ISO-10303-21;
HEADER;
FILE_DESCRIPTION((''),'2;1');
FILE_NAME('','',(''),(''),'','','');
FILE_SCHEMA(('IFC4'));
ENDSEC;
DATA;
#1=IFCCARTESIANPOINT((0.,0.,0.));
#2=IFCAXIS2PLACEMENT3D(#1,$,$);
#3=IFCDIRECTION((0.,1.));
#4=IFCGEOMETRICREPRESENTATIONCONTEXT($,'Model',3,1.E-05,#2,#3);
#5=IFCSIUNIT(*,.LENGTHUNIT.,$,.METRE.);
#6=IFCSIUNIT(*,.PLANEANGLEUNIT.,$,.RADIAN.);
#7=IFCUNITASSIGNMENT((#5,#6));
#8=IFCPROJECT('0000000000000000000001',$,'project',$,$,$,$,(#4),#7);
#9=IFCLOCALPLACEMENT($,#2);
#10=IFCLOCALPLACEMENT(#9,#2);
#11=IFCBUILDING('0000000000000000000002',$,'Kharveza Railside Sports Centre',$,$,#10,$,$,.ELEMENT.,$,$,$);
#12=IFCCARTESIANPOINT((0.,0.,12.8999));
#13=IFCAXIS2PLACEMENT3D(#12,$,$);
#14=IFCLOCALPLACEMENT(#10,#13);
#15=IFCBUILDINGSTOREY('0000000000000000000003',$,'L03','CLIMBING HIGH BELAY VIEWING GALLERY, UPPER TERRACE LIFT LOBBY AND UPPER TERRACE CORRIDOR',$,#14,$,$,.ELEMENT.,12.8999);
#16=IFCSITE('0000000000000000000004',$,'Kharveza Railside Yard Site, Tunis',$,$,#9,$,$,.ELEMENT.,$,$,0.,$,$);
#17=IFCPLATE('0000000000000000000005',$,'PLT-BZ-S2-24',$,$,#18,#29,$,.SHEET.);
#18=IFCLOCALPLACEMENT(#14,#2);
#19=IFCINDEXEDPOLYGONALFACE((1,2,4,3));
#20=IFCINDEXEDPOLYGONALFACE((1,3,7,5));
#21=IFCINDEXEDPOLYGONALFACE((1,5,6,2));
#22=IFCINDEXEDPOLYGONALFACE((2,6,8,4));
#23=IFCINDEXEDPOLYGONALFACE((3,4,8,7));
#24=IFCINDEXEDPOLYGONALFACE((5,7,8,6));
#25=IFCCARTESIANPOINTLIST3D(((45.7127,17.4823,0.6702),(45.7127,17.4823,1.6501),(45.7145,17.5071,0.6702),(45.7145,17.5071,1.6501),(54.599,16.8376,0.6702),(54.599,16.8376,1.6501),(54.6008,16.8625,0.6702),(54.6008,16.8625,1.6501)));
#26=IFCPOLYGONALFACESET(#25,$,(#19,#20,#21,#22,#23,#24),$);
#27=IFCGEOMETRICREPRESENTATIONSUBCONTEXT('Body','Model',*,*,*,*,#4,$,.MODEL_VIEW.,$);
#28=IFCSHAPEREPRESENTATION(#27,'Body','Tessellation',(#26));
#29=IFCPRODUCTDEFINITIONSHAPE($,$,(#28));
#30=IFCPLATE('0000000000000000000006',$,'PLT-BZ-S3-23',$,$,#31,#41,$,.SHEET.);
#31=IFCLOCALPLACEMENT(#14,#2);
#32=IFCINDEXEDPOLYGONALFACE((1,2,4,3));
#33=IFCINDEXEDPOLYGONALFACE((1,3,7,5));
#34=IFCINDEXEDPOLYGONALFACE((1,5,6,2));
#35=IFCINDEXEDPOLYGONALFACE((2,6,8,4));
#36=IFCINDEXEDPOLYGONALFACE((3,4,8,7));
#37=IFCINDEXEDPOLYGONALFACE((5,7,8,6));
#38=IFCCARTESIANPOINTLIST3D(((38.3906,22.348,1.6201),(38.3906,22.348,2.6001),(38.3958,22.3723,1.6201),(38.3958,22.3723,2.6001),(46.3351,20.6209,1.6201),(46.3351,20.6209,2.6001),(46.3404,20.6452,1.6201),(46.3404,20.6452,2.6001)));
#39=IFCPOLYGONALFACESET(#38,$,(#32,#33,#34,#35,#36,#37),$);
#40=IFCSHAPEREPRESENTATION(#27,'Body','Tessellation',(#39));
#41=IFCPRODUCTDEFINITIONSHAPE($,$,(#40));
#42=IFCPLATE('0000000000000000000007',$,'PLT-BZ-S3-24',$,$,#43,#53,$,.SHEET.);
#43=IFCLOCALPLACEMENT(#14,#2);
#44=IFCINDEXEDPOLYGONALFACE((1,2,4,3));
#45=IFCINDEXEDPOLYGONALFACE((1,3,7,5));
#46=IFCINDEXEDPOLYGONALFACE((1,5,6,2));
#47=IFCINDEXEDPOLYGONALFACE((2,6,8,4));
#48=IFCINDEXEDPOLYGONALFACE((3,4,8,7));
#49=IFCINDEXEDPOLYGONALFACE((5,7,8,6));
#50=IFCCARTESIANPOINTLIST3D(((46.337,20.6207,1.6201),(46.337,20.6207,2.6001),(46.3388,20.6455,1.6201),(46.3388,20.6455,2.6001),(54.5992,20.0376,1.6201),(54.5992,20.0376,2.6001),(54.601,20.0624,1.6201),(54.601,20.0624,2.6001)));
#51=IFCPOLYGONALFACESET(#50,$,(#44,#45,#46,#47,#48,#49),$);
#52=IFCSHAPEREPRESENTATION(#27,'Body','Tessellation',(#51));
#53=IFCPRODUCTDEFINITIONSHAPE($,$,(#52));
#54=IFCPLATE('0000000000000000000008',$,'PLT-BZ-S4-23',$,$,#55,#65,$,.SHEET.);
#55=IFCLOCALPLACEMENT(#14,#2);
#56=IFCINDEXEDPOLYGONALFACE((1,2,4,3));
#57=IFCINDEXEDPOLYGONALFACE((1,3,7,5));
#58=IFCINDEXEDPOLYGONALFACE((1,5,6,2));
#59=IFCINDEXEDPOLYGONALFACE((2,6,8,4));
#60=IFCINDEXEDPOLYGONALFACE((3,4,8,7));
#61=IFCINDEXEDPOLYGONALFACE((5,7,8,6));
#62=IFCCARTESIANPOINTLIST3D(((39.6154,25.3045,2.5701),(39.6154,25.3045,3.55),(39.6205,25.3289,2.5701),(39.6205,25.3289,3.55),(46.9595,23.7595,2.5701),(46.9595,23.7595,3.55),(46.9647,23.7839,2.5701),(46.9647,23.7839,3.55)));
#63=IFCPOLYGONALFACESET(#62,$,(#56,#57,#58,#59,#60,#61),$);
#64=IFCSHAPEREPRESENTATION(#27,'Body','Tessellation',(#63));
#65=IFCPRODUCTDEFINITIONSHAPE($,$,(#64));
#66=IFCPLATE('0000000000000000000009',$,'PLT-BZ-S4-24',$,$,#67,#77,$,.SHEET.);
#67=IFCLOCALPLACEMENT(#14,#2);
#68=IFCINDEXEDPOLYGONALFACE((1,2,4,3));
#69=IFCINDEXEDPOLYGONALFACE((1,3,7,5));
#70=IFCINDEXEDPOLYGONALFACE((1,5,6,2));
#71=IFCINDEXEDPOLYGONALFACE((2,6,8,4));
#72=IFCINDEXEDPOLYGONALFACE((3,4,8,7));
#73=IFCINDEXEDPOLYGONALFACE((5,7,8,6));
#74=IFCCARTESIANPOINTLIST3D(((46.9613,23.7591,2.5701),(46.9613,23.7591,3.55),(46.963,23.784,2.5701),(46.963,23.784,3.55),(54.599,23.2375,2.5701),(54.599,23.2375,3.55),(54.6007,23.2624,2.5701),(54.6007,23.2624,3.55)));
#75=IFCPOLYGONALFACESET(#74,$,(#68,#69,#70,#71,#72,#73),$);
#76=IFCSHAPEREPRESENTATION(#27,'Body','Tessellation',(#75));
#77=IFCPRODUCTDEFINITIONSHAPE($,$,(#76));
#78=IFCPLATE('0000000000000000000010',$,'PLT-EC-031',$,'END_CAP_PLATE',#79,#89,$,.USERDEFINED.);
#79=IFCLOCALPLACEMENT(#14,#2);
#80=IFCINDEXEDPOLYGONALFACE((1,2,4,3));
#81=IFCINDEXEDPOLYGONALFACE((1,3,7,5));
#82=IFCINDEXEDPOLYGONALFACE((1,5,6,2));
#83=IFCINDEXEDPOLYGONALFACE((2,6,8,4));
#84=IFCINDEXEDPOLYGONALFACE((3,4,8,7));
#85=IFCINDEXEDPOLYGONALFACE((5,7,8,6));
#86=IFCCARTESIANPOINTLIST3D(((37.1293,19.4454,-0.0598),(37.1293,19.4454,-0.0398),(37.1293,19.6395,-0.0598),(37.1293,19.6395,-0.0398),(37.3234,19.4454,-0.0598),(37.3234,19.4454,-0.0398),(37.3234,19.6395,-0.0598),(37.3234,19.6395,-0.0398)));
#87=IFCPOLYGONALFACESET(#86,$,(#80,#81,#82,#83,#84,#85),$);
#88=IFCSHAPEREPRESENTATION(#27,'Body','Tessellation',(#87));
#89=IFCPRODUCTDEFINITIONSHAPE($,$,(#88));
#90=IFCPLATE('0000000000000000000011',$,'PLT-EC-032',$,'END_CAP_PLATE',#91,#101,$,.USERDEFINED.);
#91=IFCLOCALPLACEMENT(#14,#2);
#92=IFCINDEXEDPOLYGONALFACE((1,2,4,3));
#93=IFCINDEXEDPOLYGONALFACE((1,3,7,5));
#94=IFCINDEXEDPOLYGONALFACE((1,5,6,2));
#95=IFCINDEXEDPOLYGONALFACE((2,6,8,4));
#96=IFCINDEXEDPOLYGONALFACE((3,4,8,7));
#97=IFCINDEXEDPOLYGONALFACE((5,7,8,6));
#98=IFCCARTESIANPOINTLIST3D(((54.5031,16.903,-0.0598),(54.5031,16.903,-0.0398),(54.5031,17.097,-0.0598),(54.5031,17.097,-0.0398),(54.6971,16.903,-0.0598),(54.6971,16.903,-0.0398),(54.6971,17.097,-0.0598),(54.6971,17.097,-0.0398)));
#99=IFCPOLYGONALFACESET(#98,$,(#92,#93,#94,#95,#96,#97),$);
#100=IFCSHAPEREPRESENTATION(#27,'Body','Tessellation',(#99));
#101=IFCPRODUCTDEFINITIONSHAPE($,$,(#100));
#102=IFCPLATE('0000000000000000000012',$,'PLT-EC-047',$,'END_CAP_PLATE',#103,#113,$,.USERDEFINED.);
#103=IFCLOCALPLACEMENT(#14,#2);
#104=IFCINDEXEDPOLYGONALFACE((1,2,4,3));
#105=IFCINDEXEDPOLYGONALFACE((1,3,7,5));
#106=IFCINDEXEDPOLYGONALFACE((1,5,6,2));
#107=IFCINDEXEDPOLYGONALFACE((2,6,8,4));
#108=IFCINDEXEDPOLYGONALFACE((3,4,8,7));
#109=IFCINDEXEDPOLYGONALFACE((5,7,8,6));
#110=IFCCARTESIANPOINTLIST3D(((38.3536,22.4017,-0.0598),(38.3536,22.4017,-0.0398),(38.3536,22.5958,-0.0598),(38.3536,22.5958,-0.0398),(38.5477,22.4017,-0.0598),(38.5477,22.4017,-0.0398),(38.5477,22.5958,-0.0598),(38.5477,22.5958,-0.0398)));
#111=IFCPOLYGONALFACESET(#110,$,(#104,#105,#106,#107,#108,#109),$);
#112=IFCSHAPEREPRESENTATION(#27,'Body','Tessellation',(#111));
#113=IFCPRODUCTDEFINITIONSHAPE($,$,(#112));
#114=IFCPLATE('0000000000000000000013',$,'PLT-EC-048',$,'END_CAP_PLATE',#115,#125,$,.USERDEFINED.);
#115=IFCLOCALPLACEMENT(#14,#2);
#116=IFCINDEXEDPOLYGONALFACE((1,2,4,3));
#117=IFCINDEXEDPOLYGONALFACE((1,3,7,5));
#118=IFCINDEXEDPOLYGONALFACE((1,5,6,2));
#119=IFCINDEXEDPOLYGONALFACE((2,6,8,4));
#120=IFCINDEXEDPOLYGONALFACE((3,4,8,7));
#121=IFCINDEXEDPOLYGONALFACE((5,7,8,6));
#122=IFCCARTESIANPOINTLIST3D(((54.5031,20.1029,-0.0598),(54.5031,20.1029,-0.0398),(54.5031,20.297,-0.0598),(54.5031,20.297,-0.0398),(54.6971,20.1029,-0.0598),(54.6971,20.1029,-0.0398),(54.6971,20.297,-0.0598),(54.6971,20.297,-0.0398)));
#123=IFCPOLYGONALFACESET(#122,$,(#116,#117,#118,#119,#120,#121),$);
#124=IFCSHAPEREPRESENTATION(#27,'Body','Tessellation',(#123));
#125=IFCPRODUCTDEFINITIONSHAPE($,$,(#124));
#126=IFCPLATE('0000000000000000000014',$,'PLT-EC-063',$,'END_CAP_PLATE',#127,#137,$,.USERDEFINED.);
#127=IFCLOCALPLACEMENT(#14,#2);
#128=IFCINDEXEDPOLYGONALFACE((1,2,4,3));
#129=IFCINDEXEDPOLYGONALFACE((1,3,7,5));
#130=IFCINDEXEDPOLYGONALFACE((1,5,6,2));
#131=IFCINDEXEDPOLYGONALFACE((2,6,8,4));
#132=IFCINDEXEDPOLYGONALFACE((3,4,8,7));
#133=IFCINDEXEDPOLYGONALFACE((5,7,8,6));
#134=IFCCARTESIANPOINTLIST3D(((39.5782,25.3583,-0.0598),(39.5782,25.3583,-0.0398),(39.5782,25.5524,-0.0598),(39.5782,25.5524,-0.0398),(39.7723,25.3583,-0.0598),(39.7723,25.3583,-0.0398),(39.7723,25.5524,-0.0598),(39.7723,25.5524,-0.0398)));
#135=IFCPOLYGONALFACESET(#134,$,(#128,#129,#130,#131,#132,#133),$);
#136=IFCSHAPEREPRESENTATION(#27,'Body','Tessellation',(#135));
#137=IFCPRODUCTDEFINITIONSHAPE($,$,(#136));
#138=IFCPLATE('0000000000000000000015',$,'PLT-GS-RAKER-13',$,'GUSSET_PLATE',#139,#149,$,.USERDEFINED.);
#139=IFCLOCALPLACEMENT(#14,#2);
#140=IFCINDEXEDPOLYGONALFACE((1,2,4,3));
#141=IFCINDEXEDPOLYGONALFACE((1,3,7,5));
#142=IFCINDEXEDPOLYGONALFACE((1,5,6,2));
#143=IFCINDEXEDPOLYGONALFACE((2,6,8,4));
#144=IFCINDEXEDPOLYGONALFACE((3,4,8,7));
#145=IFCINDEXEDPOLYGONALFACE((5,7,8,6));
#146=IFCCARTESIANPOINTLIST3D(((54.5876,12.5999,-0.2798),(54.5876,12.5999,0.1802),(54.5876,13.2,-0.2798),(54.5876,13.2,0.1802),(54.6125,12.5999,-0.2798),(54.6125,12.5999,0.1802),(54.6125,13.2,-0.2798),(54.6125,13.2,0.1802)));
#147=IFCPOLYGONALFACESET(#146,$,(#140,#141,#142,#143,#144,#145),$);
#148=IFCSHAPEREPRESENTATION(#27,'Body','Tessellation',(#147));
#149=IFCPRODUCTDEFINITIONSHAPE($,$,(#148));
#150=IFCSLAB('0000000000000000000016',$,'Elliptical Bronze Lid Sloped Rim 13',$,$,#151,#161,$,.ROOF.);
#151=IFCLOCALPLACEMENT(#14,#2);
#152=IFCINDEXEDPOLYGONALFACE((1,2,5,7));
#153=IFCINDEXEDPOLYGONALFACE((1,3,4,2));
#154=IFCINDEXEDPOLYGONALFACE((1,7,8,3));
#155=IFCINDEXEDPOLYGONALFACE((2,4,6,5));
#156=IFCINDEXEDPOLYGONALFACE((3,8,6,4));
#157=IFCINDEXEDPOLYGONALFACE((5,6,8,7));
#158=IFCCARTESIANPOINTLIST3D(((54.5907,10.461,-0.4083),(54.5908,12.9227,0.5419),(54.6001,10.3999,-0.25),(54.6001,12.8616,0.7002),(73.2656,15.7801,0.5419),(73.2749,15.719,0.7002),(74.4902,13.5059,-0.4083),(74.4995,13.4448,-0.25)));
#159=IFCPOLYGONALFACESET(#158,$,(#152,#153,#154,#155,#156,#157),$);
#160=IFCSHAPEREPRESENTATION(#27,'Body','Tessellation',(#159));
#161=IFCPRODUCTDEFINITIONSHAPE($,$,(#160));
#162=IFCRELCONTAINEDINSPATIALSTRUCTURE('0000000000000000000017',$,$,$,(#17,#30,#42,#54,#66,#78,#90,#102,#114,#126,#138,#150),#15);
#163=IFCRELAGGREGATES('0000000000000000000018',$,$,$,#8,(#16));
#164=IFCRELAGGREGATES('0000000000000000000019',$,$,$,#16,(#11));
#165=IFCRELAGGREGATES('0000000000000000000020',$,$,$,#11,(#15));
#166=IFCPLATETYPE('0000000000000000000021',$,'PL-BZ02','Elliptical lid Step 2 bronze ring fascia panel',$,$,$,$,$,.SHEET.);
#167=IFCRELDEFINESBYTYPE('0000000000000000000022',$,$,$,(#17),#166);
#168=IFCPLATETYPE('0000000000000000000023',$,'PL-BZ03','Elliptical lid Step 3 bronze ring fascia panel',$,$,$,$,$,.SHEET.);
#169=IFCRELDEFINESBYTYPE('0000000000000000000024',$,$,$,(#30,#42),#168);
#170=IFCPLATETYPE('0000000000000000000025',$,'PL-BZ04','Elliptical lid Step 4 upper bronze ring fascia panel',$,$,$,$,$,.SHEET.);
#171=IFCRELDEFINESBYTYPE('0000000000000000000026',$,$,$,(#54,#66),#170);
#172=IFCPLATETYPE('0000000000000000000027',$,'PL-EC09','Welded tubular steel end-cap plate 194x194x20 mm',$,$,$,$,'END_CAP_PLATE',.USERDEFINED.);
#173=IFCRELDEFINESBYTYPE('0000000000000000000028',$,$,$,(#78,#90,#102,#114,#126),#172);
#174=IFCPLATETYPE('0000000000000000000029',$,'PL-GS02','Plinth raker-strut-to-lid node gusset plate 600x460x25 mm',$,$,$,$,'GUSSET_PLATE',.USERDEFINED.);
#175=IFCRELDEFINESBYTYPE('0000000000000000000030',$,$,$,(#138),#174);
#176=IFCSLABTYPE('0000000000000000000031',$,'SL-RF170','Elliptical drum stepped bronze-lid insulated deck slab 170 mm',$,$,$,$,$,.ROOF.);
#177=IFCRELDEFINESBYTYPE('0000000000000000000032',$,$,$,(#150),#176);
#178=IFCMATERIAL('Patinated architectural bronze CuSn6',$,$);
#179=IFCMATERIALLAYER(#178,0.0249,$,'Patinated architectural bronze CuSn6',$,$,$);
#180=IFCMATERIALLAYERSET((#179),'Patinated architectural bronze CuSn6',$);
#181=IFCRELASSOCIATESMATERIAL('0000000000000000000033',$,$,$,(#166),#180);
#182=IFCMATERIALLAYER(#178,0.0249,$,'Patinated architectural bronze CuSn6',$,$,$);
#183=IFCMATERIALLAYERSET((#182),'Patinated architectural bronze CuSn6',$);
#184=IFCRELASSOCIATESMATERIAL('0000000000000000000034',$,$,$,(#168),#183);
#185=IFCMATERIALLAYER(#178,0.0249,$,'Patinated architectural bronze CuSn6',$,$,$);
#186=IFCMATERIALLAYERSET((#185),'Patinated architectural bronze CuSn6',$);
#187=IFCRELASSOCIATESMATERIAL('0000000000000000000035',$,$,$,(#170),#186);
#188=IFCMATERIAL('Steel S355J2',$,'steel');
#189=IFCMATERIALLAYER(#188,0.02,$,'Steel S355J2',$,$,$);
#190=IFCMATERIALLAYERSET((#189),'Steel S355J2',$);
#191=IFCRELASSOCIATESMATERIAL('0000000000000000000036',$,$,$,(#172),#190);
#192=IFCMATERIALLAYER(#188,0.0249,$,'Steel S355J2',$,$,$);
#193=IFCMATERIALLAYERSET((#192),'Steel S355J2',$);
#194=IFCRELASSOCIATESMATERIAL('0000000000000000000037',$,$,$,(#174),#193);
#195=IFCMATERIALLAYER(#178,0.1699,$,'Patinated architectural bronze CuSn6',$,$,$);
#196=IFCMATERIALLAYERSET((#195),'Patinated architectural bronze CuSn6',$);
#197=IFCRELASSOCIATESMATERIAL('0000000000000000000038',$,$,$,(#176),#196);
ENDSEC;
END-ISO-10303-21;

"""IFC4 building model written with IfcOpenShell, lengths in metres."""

from ifc_helpers import new_model, si_unit, direction, frame, origin, origin_2d, place, context, subcontext, project, spatial, polyline, rectangle, outline, extrude, material, layer, layer_set, type_object, element, save


model = new_model("IFC4")

# Units and contexts
model_context = context("Model", 3, precision=1e-05, world=origin(), true_north=direction((0.0, 1.0)))
body_context = subcontext(model_context, "Body", "Model", "MODEL_VIEW")
ifc_project = project(units=[si_unit("LENGTHUNIT", "METRE"), si_unit("PLANEANGLEUNIT", "RADIAN")], contexts=[model_context])

# Site, building, storey
site_placement = place(None, origin())
site = spatial("IfcSite", under=ifc_project, at=site_placement, Name="Kharveza Railside Yard Site, Tunis", CompositionType="ELEMENT", RefElevation=0.0)
building_placement = place(site_placement, origin())
building = spatial("IfcBuilding", under=site, at=building_placement, Name="Kharveza Railside Sports Centre", CompositionType="ELEMENT")
storey_placement = place(building_placement, frame((0.0, 0.0, 12.8999)))
storey = spatial("IfcBuildingStorey", under=building, at=storey_placement, Name="L03", Description="CLIMBING HIGH BELAY VIEWING GALLERY, UPPER TERRACE LIFT LOBBY AND UPPER TERRACE CORRIDOR", CompositionType="ELEMENT", Elevation=12.8999)

# Shared definitions
ifc_material_1 = material(Name="Steel S355J2", Category="steel")

# Plates
ifc_material_2 = material(Name="Patinated architectural bronze CuSn6")
ifc_layer_1 = layer(ifc_material_2, 0.0249, Name="Patinated architectural bronze CuSn6")
ifc_layer_set_1 = layer_set([ifc_layer_1], Name="Patinated architectural bronze CuSn6")
plate_type_1 = type_object("IfcPlateType", Name="PL-BZ02", Description="Elliptical lid Step 2 bronze ring fascia panel", PredefinedType="SHEET", material=ifc_layer_set_1)
plate_1_placement = place(storey_placement, frame((50.1567, 17.1724, 0.6702), z_axis=(0.0, 0.0, 1.0), x_axis=(0.997379, -0.07235, 0.0)))
element("IfcPlate", 1, at=plate_1_placement, inside=storey, type_object=plate_type_1, Name="PLT-BZ-S2-24", PredefinedType="SHEET", context=body_context, shape_type="SweptSolid", body=[
    extrude(rectangle(XDim=8.9097, YDim=0.0249, at=origin_2d()), origin(), (0.0, 0.0, 1.0), 0.98),
])
ifc_layer_2 = layer(ifc_material_2, 0.0249, Name="Patinated architectural bronze CuSn6")
ifc_layer_set_2 = layer_set([ifc_layer_2], Name="Patinated architectural bronze CuSn6")
plate_type_2 = type_object("IfcPlateType", Name="PL-BZ03", Description="Elliptical lid Step 3 bronze ring fascia panel", PredefinedType="SHEET", material=ifc_layer_set_2)
plate_2_placement = place(storey_placement, frame((42.3655, 21.4966, 1.6201), z_axis=(0.0, 0.0, 1.0), x_axis=(0.977176, -0.212434, 0.0)))
element("IfcPlate", 2, at=plate_2_placement, inside=storey, type_object=plate_type_2, Name="PLT-BZ-S3-23", PredefinedType="SHEET", context=body_context, shape_type="SweptSolid", body=[
    extrude(rectangle(XDim=8.1301, YDim=0.0249, at=origin_2d()), origin(), (0.0, 0.0, 1.0), 0.98),
])
plate_3_placement = place(storey_placement, frame((50.469, 20.3416, 1.6201), z_axis=(0.0, 0.0, 1.0), x_axis=(0.997519, -0.070401, 0.0)))
element("IfcPlate", 3, at=plate_3_placement, inside=storey, type_object=plate_type_2, Name="PLT-BZ-S3-24", PredefinedType="SHEET", context=body_context, shape_type="SweptSolid", body=[
    extrude(rectangle(XDim=8.2827, YDim=0.0249, at=origin_2d()), origin(), (0.0, 0.0, 1.0), 0.98),
])
ifc_layer_3 = layer(ifc_material_2, 0.0249, Name="Patinated architectural bronze CuSn6")
ifc_layer_set_3 = layer_set([ifc_layer_3], Name="Patinated architectural bronze CuSn6")
plate_type_3 = type_object("IfcPlateType", Name="PL-BZ04", Description="Elliptical lid Step 4 upper bronze ring fascia panel", PredefinedType="SHEET", material=ifc_layer_set_3)
plate_4_placement = place(storey_placement, frame((43.29, 24.5442, 2.5701), z_axis=(0.0, 0.0, 1.0), x_axis=(0.978581, -0.205863, 0.0)))
element("IfcPlate", 4, at=plate_4_placement, inside=storey, type_object=plate_type_3, Name="PLT-BZ-S4-23", PredefinedType="SHEET", context=body_context, shape_type="SweptSolid", body=[
    extrude(rectangle(XDim=7.5049, YDim=0.0249, at=origin_2d()), origin(), (0.0, 0.0, 1.0), 0.98),
])
plate_5_placement = place(storey_placement, frame((50.781, 23.5107, 2.5701), z_axis=(0.0, 0.0, 1.0), x_axis=(0.997676, -0.068137, 0.0)))
element("IfcPlate", 5, at=plate_5_placement, inside=storey, type_object=plate_type_3, Name="PLT-BZ-S4-24", PredefinedType="SHEET", context=body_context, shape_type="SweptSolid", body=[
    extrude(rectangle(XDim=7.6555, YDim=0.0249, at=origin_2d()), origin(), (0.0, 0.0, 1.0), 0.98),
])
ifc_layer_4 = layer(ifc_material_1, 0.02, Name="Steel S355J2")
ifc_layer_set_4 = layer_set([ifc_layer_4], Name="Steel S355J2")
plate_type_4 = type_object("IfcPlateType", Name="PL-EC09", Description="Welded tubular steel end-cap plate 194x194x20 mm", ElementType="END_CAP_PLATE", PredefinedType="USERDEFINED", material=ifc_layer_set_4)
for number, where, z_axis, x_axis, name in (
    (6, (37.2263, 19.5425, -0.0598), (0.0, 0.0, 1.0), (1.0, 0.0, 0.0), "PLT-EC-031"),
    (7, (54.6001, 17.0, -0.0598), (0.0, 0.0, 1.0), (1.0, 0.0, 0.0), "PLT-EC-032"),
    (8, (38.4507, 22.4988, -0.0598), (0.0, 0.0, 1.0), (1.0, 0.0, 0.0), "PLT-EC-047"),
    (9, (54.6001, 20.2, -0.0598), (0.0, 0.0, 1.0), (1.0, 0.0, 0.0), "PLT-EC-048"),
    (10, (39.6753, 25.4553, -0.0598), (0.0, 0.0, 1.0), (1.0, 0.0, 0.0), "PLT-EC-063"),
):
    element("IfcPlate", number, at=place(storey_placement, frame(where, z_axis=z_axis, x_axis=x_axis)), inside=storey, type_object=plate_type_4, Name=name, ObjectType="END_CAP_PLATE", PredefinedType="USERDEFINED", context=body_context, shape_type="SweptSolid", body=[
        extrude(rectangle(XDim=0.1941, YDim=0.1941, at=origin_2d()), origin(), (0.0, 0.0, 1.0), 0.02),
    ])
ifc_layer_5 = layer(ifc_material_1, 0.0249, Name="Steel S355J2")
ifc_layer_set_5 = layer_set([ifc_layer_5], Name="Steel S355J2")
plate_type_5 = type_object("IfcPlateType", Name="PL-GS02", Description="Plinth raker-strut-to-lid node gusset plate 600x460x25 mm", ElementType="GUSSET_PLATE", PredefinedType="USERDEFINED", material=ifc_layer_set_5)
plate_6_placement = place(storey_placement, frame((54.6001, 12.8999, -0.2798), z_axis=(0.0, 0.0, 1.0), x_axis=(0.0, -1.0, 0.0)))
element("IfcPlate", 11, at=plate_6_placement, inside=storey, type_object=plate_type_5, Name="PLT-GS-RAKER-13", ObjectType="GUSSET_PLATE", PredefinedType="USERDEFINED", context=body_context, shape_type="SweptSolid", body=[
    extrude(rectangle(XDim=0.6001, YDim=0.0249, at=origin_2d()), origin(), (0.0, 0.0, 1.0), 0.46),
])

# Slab
ifc_layer_6 = layer(ifc_material_2, 0.1699, Name="Patinated architectural bronze CuSn6")
ifc_layer_set_6 = layer_set([ifc_layer_6], Name="Patinated architectural bronze CuSn6")
slab_type = type_object("IfcSlabType", Name="SL-RF170", Description="Elliptical drum stepped bronze-lid insulated deck slab 170 mm", PredefinedType="ROOF", material=ifc_layer_set_6)
slab_placement = place(storey_placement, frame((54.6001, 10.3999, -0.25), z_axis=(0.055018, -0.359563, 0.931497), x_axis=(0.988495, 0.151255, 0.000001)))
element("IfcSlab", 12, at=slab_placement, inside=storey, type_object=slab_type, Name="Elliptical Bronze Lid Sloped Rim 13", PredefinedType="ROOF", context=body_context, shape_type="SweptSolid", body=[
    extrude(outline(polyline([(0.0, 0.0), (20.131, 0.0), (19.2645, 2.6122), (0.3723, 2.6123), (0.0, 0.0)])), origin(), (0.0, 0.0, -1.0), 0.1699),
])

save(model, "model.ifc")
